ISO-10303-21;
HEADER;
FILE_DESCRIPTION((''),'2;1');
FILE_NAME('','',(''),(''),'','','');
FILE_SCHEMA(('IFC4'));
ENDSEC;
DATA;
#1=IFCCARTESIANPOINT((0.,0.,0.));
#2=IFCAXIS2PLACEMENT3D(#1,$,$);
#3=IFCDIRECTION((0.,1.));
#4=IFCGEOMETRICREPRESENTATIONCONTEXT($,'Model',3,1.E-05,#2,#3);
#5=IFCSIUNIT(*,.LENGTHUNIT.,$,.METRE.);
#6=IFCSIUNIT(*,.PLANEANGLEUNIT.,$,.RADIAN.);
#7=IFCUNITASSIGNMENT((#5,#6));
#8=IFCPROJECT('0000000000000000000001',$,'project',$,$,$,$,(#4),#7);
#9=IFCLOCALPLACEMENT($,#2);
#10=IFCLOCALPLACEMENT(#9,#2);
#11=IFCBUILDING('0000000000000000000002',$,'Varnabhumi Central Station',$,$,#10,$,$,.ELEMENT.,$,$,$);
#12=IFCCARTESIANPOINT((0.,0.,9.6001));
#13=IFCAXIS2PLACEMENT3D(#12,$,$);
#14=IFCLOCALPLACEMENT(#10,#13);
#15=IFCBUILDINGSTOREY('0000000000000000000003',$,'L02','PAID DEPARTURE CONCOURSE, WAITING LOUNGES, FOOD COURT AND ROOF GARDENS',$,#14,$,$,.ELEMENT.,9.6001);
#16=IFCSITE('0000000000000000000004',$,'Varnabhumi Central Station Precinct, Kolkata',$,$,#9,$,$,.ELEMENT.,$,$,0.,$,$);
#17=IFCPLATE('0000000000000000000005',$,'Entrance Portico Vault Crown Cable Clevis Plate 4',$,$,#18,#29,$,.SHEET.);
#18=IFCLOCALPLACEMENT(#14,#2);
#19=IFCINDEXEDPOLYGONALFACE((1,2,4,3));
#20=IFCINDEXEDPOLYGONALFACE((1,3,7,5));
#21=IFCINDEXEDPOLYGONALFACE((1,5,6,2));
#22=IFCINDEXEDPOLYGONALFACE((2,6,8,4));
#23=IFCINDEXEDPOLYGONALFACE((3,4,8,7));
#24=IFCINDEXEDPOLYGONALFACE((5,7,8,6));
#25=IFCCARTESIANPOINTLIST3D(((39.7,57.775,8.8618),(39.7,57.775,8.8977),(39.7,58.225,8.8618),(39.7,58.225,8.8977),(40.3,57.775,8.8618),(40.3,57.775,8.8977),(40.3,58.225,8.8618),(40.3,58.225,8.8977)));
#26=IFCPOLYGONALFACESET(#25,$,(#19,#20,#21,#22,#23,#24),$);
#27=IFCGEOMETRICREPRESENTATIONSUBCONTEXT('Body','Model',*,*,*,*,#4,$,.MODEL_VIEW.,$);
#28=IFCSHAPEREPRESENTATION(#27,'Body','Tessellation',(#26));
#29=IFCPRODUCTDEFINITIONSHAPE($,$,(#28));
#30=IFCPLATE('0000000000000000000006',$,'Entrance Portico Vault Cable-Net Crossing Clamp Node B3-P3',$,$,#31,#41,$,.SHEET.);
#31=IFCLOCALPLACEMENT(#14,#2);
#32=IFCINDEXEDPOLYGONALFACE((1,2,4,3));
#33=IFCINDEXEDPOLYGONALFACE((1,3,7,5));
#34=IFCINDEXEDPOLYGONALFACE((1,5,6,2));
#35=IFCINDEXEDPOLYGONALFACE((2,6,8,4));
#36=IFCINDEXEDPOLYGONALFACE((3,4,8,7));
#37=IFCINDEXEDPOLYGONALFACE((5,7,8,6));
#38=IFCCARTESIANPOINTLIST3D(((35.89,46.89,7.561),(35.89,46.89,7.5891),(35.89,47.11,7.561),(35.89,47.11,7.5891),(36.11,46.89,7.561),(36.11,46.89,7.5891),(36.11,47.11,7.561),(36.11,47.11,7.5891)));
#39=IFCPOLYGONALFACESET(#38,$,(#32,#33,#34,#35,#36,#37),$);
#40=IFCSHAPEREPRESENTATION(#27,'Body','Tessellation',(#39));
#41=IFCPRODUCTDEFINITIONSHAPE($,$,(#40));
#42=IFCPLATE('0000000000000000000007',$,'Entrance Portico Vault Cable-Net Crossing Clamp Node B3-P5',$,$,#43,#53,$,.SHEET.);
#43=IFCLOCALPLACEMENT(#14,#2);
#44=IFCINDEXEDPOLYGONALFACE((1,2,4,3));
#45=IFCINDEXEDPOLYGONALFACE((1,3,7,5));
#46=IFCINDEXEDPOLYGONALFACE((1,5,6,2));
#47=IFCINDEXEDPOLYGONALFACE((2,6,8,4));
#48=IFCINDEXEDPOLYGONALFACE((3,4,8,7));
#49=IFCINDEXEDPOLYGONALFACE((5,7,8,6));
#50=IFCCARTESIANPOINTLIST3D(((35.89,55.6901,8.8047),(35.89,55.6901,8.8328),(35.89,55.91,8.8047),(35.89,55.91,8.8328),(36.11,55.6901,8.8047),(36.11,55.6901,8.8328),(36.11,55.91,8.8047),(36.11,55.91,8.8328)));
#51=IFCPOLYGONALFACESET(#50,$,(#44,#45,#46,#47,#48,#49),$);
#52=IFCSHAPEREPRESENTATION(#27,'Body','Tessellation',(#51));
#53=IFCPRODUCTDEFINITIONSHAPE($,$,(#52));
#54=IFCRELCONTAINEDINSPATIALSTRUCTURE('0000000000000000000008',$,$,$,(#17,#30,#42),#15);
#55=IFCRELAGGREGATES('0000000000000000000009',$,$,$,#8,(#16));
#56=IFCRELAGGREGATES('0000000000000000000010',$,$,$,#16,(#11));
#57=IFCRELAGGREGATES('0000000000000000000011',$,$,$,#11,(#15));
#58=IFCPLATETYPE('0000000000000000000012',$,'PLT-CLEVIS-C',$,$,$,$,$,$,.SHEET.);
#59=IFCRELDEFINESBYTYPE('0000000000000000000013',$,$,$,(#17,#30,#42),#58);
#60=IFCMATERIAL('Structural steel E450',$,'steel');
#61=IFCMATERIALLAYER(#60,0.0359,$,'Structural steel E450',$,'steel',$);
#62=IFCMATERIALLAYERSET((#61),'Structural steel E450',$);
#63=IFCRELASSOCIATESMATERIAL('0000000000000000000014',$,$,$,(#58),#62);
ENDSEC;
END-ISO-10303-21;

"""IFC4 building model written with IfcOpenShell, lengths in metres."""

from ifc_helpers import new_model, si_unit, direction, frame, origin, origin_2d, place, context, subcontext, project, spatial, rectangle, extrude, material, layer, layer_set, type_object, element, save


model = new_model("IFC4")

# Units and contexts
model_context = context("Model", 3, precision=1e-05, world=origin(), true_north=direction((0.0, 1.0)))
body_context = subcontext(model_context, "Body", "Model", "MODEL_VIEW")
ifc_project = project(units=[si_unit("LENGTHUNIT", "METRE"), si_unit("PLANEANGLEUNIT", "RADIAN")], contexts=[model_context])

# Site, building, storey
site_placement = place(None, origin())
site = spatial("IfcSite", under=ifc_project, at=site_placement, Name="Varnabhumi Central Station Precinct, Kolkata", CompositionType="ELEMENT", RefElevation=0.0)
building_placement = place(site_placement, origin())
building = spatial("IfcBuilding", under=site, at=building_placement, Name="Varnabhumi Central Station", CompositionType="ELEMENT")
storey_placement = place(building_placement, frame((0.0, 0.0, 9.6001)))
storey = spatial("IfcBuildingStorey", under=building, at=storey_placement, Name="L02", Description="PAID DEPARTURE CONCOURSE, WAITING LOUNGES, FOOD COURT AND ROOF GARDENS", CompositionType="ELEMENT", Elevation=9.6001)

# Plates
ifc_material_1 = material(Name="Structural steel E450", Category="steel")
ifc_layer = layer(ifc_material_1, 0.0359, Name="Structural steel E450", Category="steel")
ifc_layer_set = layer_set([ifc_layer], Name="Structural steel E450")
plate_type = type_object("IfcPlateType", Name="PLT-CLEVIS-C", PredefinedType="SHEET", material=ifc_layer_set)
for number, where, z_axis, x_axis, name in (
    (1, (40.0, 58.0, 8.8618), (0.0, 0.0, 1.0), (1.0, 0.0, 0.0), "Entrance Portico Vault Crown Cable Clevis Plate 4"),
):
    element("IfcPlate", number, at=place(storey_placement, frame(where, z_axis=z_axis, x_axis=x_axis)), inside=storey, type_object=plate_type, Name=name, PredefinedType="SHEET", context=body_context, shape_type="SweptSolid", body=[
        extrude(rectangle(XDim=0.6001, YDim=0.45, at=origin_2d()), origin(), (0.0, 0.0, 1.0), 0.0359),
    ])
for number, where, z_axis, x_axis, name in (
    (2, (36.0, 47.0, 7.561), (0.0, 0.0, 1.0), (1.0, 0.0, 0.0), "Entrance Portico Vault Cable-Net Crossing Clamp Node B3-P3"),
    (3, (36.0, 55.8, 8.8047), (0.0, 0.0, 1.0), (1.0, 0.0, 0.0), "Entrance Portico Vault Cable-Net Crossing Clamp Node B3-P5"),
):
    element("IfcPlate", number, at=place(storey_placement, frame(where, z_axis=z_axis, x_axis=x_axis)), inside=storey, type_object=plate_type, Name=name, PredefinedType="SHEET", context=body_context, shape_type="SweptSolid", body=[
        extrude(rectangle(XDim=0.22, YDim=0.22, at=origin_2d()), origin(), (0.0, 0.0, 1.0), 0.0281),
    ])

save(model, "model.ifc")
